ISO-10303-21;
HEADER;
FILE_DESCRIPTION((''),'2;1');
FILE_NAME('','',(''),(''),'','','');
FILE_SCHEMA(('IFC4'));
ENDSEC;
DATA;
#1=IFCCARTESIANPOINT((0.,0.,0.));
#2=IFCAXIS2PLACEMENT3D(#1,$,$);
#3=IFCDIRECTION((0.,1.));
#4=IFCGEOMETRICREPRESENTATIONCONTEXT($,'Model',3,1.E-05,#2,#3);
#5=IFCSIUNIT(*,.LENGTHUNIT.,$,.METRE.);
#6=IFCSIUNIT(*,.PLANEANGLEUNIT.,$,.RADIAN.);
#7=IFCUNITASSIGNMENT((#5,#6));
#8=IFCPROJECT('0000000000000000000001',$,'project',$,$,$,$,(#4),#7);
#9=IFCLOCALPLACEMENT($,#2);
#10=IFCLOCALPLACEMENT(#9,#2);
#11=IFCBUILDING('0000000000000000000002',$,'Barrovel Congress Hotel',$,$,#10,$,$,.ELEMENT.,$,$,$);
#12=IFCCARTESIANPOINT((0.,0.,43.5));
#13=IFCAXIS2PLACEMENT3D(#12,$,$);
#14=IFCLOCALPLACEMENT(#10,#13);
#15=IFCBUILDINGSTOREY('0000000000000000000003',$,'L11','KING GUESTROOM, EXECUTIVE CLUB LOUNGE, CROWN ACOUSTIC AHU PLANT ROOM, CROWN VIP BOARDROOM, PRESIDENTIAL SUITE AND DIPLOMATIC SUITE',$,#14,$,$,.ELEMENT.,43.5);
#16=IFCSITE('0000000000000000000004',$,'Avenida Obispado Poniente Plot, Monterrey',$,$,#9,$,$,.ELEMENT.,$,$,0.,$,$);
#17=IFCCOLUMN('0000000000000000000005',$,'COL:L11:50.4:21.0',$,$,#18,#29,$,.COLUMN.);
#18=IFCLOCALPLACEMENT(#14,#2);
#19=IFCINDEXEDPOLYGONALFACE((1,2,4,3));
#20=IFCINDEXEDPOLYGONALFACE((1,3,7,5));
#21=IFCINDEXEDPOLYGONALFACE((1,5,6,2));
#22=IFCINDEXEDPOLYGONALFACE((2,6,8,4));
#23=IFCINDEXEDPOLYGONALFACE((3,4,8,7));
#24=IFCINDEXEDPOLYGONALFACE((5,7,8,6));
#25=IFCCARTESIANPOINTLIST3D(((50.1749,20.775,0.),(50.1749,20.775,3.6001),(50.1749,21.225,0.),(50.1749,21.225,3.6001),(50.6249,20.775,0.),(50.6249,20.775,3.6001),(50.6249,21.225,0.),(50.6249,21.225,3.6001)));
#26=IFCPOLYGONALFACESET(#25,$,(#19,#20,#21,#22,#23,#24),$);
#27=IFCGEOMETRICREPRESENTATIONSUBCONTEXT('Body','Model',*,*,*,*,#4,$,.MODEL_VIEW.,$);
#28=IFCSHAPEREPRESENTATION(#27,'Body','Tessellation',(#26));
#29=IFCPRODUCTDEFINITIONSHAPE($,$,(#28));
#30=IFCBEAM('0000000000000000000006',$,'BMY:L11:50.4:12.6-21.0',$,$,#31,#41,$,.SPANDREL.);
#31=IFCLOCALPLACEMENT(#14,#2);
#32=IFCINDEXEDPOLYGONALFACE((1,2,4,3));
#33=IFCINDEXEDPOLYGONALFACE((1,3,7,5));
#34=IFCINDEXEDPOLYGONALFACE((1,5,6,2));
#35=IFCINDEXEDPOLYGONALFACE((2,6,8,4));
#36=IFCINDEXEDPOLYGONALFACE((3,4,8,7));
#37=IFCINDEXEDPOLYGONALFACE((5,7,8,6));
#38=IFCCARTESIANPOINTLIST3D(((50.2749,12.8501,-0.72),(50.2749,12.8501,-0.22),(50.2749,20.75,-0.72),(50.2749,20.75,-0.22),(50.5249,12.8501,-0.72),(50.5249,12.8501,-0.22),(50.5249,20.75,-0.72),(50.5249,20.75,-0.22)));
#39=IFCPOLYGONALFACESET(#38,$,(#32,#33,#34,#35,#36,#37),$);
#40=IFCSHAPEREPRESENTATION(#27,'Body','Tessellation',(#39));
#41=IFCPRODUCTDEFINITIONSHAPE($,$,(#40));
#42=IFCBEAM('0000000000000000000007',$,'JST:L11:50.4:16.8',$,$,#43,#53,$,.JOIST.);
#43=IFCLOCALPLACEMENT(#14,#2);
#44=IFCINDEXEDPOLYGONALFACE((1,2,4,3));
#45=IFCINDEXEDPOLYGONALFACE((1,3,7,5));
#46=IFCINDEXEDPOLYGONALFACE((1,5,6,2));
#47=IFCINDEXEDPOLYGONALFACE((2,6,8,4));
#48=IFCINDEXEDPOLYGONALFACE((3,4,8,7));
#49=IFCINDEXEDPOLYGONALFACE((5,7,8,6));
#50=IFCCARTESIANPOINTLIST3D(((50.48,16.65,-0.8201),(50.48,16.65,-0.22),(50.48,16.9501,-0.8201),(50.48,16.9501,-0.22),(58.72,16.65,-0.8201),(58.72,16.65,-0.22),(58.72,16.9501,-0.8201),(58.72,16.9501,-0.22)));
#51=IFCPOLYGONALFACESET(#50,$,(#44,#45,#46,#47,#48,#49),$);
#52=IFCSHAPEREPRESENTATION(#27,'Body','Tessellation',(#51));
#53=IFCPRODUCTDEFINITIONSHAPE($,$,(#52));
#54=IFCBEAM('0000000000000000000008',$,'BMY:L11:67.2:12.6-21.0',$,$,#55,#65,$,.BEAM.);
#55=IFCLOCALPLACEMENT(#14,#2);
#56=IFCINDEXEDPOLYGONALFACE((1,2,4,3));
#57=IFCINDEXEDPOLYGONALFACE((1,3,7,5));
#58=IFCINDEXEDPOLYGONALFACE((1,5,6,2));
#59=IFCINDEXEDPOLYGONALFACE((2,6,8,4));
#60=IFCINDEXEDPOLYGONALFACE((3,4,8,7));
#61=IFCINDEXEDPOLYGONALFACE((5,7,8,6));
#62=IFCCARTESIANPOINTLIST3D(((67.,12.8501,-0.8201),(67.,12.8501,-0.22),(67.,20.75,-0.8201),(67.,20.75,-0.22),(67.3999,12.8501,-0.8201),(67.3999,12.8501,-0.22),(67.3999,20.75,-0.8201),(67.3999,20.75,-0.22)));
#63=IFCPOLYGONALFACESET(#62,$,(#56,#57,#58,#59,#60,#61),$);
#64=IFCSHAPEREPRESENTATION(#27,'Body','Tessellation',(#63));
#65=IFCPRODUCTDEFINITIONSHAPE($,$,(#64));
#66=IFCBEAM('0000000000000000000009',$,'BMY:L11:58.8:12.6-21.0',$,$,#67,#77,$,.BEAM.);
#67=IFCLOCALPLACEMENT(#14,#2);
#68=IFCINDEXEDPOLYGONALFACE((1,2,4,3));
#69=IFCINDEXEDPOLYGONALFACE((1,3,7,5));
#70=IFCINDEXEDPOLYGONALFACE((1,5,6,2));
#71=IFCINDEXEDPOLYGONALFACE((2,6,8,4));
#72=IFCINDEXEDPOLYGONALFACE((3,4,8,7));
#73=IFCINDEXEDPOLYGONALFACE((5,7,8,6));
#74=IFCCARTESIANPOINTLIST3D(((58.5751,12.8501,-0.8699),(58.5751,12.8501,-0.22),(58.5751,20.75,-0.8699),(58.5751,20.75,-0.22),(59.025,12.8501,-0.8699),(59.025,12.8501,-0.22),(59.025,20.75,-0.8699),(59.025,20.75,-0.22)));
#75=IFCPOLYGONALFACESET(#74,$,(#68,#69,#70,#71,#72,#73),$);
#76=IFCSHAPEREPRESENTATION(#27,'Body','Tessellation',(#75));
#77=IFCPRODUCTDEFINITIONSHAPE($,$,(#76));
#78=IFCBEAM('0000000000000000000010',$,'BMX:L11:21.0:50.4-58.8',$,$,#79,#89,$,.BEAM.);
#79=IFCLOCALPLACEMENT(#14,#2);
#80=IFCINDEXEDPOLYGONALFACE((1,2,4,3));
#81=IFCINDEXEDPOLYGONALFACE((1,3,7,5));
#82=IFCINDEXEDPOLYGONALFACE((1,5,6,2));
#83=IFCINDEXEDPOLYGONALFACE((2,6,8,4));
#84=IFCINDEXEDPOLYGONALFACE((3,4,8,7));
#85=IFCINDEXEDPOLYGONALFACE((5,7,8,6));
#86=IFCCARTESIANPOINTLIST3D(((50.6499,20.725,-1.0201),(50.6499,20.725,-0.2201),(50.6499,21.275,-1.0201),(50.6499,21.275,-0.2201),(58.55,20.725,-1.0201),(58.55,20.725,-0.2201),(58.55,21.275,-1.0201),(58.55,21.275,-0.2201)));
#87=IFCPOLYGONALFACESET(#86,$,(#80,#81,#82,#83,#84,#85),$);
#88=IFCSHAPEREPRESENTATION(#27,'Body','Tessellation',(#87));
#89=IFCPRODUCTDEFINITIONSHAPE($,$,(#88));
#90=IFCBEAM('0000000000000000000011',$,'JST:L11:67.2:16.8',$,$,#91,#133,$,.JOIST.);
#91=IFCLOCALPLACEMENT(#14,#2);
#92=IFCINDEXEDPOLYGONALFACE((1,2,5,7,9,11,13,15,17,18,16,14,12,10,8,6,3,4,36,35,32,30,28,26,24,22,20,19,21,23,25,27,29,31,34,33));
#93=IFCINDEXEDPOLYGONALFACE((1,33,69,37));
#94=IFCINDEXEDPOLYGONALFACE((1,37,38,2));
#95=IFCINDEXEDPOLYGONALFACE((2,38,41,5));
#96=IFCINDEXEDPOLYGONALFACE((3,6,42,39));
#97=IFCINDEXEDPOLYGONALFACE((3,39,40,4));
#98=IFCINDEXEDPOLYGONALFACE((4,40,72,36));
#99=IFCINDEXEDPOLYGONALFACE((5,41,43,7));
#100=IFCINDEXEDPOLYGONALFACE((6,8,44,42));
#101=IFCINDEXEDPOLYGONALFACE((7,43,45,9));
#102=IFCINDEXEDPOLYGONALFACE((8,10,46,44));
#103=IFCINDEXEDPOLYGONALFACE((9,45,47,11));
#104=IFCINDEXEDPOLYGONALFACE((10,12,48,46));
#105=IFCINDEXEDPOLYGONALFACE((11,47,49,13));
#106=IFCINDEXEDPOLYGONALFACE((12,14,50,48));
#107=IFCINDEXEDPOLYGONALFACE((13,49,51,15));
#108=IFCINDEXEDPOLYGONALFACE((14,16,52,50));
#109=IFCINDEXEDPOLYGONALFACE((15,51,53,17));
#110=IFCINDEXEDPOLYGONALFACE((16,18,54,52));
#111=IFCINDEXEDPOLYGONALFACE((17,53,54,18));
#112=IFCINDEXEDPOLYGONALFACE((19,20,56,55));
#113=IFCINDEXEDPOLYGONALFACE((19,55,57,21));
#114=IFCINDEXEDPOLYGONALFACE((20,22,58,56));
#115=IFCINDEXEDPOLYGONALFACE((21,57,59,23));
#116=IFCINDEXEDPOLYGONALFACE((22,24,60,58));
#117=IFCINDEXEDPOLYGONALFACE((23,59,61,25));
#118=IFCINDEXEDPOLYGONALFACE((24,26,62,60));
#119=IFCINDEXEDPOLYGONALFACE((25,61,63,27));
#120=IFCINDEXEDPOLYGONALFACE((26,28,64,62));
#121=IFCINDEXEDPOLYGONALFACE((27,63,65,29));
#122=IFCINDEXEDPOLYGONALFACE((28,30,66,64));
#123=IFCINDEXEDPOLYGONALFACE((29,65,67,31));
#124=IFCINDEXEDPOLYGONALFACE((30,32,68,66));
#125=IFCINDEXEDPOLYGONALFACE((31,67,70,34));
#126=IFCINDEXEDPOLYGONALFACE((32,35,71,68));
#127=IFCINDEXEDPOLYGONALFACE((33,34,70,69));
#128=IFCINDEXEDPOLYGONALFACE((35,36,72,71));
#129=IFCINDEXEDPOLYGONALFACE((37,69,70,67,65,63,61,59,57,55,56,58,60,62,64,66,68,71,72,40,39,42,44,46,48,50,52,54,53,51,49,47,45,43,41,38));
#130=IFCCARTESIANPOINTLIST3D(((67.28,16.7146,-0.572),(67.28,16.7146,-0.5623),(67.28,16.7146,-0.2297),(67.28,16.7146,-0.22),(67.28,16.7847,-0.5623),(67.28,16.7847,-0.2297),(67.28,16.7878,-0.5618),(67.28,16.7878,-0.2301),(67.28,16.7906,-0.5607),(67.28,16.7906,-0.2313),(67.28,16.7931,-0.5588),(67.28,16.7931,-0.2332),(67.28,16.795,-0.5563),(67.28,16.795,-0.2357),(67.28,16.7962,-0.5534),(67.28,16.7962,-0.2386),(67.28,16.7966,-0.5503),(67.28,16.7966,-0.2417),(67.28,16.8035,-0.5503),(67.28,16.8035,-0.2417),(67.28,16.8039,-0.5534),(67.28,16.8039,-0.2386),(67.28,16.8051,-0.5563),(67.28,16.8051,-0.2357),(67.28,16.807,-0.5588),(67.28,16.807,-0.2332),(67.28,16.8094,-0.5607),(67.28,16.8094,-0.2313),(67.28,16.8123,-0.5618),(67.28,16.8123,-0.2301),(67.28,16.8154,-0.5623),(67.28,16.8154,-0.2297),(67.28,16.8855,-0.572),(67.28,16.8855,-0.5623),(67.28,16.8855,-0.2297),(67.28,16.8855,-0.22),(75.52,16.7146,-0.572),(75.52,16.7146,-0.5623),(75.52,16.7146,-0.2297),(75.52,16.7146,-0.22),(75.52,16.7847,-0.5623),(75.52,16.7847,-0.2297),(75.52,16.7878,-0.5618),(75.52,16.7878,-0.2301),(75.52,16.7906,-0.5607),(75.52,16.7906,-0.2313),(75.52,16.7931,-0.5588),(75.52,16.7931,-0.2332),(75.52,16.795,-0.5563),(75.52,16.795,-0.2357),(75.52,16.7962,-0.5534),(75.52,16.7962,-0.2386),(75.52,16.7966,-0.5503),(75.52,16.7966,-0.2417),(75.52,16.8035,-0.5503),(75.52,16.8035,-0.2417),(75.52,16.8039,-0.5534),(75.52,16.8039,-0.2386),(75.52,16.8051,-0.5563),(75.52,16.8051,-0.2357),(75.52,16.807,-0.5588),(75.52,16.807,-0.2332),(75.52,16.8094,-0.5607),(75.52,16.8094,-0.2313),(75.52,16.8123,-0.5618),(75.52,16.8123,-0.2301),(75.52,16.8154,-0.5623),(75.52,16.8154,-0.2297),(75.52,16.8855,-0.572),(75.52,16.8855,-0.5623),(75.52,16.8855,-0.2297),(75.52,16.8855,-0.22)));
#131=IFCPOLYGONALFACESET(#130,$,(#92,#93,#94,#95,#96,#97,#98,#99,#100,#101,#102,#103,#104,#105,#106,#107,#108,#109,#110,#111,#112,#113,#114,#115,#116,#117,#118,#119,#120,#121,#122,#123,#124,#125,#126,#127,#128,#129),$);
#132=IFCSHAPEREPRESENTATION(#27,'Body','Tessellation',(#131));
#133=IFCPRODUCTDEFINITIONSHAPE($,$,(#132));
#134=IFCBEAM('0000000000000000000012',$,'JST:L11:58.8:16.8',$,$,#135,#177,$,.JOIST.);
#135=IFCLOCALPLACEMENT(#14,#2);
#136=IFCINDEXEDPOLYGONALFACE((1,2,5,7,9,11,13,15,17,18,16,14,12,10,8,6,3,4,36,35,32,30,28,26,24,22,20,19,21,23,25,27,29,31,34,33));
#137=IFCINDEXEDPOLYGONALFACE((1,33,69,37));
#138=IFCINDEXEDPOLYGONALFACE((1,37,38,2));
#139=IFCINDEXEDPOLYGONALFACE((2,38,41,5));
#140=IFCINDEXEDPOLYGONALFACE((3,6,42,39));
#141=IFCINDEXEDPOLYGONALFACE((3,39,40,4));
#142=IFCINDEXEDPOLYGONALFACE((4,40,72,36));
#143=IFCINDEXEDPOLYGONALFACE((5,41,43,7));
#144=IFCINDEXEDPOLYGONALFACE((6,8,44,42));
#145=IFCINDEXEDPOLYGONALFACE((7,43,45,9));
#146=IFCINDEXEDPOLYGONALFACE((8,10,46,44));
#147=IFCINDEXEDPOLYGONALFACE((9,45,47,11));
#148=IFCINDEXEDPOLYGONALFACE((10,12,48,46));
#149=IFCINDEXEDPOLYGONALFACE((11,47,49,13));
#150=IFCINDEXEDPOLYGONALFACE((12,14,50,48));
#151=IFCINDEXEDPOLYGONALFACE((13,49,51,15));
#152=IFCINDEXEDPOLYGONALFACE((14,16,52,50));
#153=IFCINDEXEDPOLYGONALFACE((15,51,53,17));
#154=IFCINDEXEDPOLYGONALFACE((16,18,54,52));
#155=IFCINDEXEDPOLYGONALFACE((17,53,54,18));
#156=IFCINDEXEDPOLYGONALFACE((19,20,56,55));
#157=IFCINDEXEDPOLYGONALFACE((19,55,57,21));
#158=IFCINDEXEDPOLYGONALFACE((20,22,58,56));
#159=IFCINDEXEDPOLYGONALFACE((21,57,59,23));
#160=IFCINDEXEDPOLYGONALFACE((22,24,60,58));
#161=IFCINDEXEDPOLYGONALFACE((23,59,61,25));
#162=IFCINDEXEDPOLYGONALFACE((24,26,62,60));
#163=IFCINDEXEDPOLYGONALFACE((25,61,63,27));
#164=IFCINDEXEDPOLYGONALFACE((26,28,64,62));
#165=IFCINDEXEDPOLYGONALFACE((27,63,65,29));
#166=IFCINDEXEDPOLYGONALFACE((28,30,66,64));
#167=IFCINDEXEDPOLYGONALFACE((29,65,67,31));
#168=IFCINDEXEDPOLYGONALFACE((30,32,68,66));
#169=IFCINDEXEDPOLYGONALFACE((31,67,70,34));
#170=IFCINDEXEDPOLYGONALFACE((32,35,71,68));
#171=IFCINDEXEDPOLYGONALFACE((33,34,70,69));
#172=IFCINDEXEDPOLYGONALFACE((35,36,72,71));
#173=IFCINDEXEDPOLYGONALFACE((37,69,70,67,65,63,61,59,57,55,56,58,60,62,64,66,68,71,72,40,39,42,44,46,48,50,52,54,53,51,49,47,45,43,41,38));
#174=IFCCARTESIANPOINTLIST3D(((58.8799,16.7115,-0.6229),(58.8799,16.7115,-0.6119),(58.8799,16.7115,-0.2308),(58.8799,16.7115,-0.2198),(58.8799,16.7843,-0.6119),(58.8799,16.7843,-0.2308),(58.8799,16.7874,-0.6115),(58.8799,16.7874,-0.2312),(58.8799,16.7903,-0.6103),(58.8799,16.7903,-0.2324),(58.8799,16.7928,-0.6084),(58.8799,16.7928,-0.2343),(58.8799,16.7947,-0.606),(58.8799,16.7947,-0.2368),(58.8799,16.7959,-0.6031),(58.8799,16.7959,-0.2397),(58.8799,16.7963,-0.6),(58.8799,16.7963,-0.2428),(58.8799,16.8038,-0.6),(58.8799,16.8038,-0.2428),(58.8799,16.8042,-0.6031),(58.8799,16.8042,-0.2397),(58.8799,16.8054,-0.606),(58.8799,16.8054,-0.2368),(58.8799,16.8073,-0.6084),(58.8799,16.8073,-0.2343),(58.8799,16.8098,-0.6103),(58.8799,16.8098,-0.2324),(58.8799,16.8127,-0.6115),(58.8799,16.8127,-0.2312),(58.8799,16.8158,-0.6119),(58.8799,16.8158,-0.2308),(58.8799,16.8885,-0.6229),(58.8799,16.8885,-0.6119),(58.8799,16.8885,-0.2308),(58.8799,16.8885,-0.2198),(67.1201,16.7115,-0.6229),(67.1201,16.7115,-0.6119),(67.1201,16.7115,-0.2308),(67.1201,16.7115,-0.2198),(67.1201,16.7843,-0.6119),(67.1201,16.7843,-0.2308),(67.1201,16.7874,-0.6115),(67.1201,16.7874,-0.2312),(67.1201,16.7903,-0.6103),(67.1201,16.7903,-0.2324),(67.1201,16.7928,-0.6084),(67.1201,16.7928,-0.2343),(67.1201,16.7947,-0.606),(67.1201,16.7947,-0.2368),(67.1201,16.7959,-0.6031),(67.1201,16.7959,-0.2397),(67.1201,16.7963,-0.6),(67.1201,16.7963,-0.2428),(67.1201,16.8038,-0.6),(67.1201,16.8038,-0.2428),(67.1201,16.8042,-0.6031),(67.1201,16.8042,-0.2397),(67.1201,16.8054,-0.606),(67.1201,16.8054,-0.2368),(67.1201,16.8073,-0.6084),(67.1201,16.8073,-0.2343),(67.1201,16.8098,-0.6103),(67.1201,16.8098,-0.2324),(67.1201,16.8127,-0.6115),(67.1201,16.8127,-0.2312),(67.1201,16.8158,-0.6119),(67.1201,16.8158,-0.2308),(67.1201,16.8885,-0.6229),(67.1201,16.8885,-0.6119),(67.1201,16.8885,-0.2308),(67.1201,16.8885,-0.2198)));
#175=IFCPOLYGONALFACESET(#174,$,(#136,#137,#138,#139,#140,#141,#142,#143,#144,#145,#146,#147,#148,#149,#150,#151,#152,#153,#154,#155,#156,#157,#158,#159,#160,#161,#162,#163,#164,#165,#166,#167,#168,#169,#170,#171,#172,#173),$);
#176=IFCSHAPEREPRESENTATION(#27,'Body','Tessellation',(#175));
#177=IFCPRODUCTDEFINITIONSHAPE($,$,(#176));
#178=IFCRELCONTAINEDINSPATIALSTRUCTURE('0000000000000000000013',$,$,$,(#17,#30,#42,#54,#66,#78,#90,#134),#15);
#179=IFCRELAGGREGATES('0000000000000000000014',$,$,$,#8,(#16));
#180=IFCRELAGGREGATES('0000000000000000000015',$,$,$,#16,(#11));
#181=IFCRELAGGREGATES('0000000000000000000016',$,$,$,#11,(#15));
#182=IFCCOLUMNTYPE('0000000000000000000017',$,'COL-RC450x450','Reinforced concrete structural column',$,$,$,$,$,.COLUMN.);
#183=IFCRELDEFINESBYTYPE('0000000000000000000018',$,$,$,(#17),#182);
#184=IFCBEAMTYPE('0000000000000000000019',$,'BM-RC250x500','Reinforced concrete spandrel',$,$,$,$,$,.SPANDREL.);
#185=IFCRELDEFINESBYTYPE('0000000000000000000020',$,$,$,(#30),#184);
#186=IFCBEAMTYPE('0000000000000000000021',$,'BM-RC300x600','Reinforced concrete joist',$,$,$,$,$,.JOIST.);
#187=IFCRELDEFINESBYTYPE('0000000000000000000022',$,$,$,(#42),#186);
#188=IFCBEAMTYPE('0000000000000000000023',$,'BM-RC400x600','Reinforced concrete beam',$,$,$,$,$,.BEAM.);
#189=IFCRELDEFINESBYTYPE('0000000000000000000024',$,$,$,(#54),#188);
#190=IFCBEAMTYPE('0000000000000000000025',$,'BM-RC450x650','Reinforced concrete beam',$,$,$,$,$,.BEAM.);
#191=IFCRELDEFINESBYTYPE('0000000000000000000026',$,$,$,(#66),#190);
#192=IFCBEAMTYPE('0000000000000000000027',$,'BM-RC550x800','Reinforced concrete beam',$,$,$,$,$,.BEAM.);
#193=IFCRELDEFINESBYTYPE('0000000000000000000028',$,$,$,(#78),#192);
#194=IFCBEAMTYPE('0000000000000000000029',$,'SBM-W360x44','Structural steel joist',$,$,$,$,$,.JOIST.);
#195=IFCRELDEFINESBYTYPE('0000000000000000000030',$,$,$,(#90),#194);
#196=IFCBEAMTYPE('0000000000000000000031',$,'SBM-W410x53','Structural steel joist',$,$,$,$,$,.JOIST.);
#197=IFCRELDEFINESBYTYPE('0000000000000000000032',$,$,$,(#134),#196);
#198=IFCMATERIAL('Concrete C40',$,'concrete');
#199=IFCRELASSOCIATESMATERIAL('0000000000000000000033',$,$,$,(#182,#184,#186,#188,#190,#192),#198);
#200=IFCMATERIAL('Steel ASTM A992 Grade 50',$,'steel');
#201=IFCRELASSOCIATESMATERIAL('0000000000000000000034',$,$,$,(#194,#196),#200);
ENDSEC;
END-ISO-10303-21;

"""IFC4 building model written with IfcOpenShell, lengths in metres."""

from ifc_helpers import new_model, si_unit, direction, frame, origin, origin_2d, place, context, subcontext, project, spatial, rectangle, i_section, extrude, material, material_profile, profile_set, type_object, element, save


model = new_model("IFC4")

# Units and contexts
model_context = context("Model", 3, precision=1e-05, world=origin(), true_north=direction((0.0, 1.0)))
body_context = subcontext(model_context, "Body", "Model", "MODEL_VIEW")
ifc_project = project(units=[si_unit("LENGTHUNIT", "METRE"), si_unit("PLANEANGLEUNIT", "RADIAN")], contexts=[model_context])

# Site, building, storey
site_placement = place(None, origin())
site = spatial("IfcSite", under=ifc_project, at=site_placement, Name="Avenida Obispado Poniente Plot, Monterrey", CompositionType="ELEMENT", RefElevation=0.0)
building_placement = place(site_placement, origin())
building = spatial("IfcBuilding", under=site, at=building_placement, Name="Barrovel Congress Hotel", CompositionType="ELEMENT")
storey_placement = place(building_placement, frame((0.0, 0.0, 43.5)))
storey = spatial("IfcBuildingStorey", under=building, at=storey_placement, Name="L11", Description="KING GUESTROOM, EXECUTIVE CLUB LOUNGE, CROWN ACOUSTIC AHU PLANT ROOM, CROWN VIP BOARDROOM, PRESIDENTIAL SUITE AND DIPLOMATIC SUITE", CompositionType="ELEMENT", Elevation=43.5)

# Column
ifc_material_1 = material(Name="Concrete C40", Category="concrete")
ifc_material_profile_1 = material_profile(ifc_material_1, rectangle(XDim=0.45, YDim=0.45, at=origin_2d()), Name="RC450x450")
ifc_profile_set_1 = profile_set([ifc_material_profile_1], Name="Concrete C40")
column_type = type_object("IfcColumnType", Name="COL-RC450x450", Description="Reinforced concrete structural column", PredefinedType="COLUMN", material=ifc_profile_set_1)
column_placement = place(storey_placement, frame((50.3999, 21.0, 0.0), z_axis=(0.0, 0.0, 1.0), x_axis=(1.0, 0.0, 0.0)))
element("IfcColumn", 1, at=column_placement, inside=storey, type_object=column_type, Name="COL:L11:50.4:21.0", PredefinedType="COLUMN", context=body_context, shape_type="SweptSolid", body=[
    extrude(rectangle(XDim=0.45, YDim=0.45, at=origin_2d()), origin(), (0.0, 0.0, 1.0), 3.6001),
])

# Beams
ifc_material_profile_2 = material_profile(ifc_material_1, rectangle(XDim=0.25, YDim=0.5, at=origin_2d()), Name="RC250x500")
ifc_profile_set_2 = profile_set([ifc_material_profile_2], Name="Concrete C40")
beam_type_1 = type_object("IfcBeamType", Name="BM-RC250x500", Description="Reinforced concrete spandrel", PredefinedType="SPANDREL", material=ifc_profile_set_2)
beam_1_placement = place(storey_placement, frame((50.3999, 12.8501, -0.47), z_axis=(0.0, 1.0, 0.0), x_axis=(-1.0, 0.0, 0.0)))
element("IfcBeam", 2, at=beam_1_placement, inside=storey, type_object=beam_type_1, Name="BMY:L11:50.4:12.6-21.0", PredefinedType="SPANDREL", context=body_context, shape_type="SweptSolid", body=[
    extrude(rectangle(XDim=0.25, YDim=0.5, at=origin_2d()), origin(), (0.0, 0.0, 1.0), 7.8999),
])
ifc_material_profile_3 = material_profile(ifc_material_1, rectangle(XDim=0.3, YDim=0.6001, at=origin_2d()), Name="RC300x600")
ifc_profile_set_3 = profile_set([ifc_material_profile_3], Name="Concrete C40")
beam_type_2 = type_object("IfcBeamType", Name="BM-RC300x600", Description="Reinforced concrete joist", PredefinedType="JOIST", material=ifc_profile_set_3)
beam_2_placement = place(storey_placement, frame((50.48, 16.8, -0.52), z_axis=(1.0, 0.0, 0.0), x_axis=(0.0, 1.0, 0.0)))
element("IfcBeam", 3, at=beam_2_placement, inside=storey, type_object=beam_type_2, Name="JST:L11:50.4:16.8", PredefinedType="JOIST", context=body_context, shape_type="SweptSolid", body=[
    extrude(rectangle(XDim=0.3, YDim=0.6001, at=origin_2d()), origin(), (0.0, 0.0, 1.0), 8.24),
])
ifc_material_profile_4 = material_profile(ifc_material_1, rectangle(XDim=0.3999, YDim=0.6001, at=origin_2d()), Name="RC400x600")
ifc_profile_set_4 = profile_set([ifc_material_profile_4], Name="Concrete C40")
beam_type_3 = type_object("IfcBeamType", Name="BM-RC400x600", Description="Reinforced concrete beam", PredefinedType="BEAM", material=ifc_profile_set_4)
beam_3_placement = place(storey_placement, frame((67.2, 12.8501, -0.52), z_axis=(0.0, 1.0, 0.0), x_axis=(-1.0, 0.0, 0.0)))
element("IfcBeam", 4, at=beam_3_placement, inside=storey, type_object=beam_type_3, Name="BMY:L11:67.2:12.6-21.0", PredefinedType="BEAM", context=body_context, shape_type="SweptSolid", body=[
    extrude(rectangle(XDim=0.3999, YDim=0.6001, at=origin_2d()), origin(), (0.0, 0.0, 1.0), 7.8999),
])
ifc_material_profile_5 = material_profile(ifc_material_1, rectangle(XDim=0.45, YDim=0.6499, at=origin_2d()), Name="RC450x650")
ifc_profile_set_5 = profile_set([ifc_material_profile_5], Name="Concrete C40")
beam_type_4 = type_object("IfcBeamType", Name="BM-RC450x650", Description="Reinforced concrete beam", PredefinedType="BEAM", material=ifc_profile_set_5)
beam_4_placement = place(storey_placement, frame((58.8, 12.8501, -0.5449), z_axis=(0.0, 1.0, 0.0), x_axis=(-1.0, 0.0, 0.0)))
element("IfcBeam", 5, at=beam_4_placement, inside=storey, type_object=beam_type_4, Name="BMY:L11:58.8:12.6-21.0", PredefinedType="BEAM", context=body_context, shape_type="SweptSolid", body=[
    extrude(rectangle(XDim=0.45, YDim=0.6499, at=origin_2d()), origin(), (0.0, 0.0, 1.0), 7.8999),
])
ifc_material_profile_6 = material_profile(ifc_material_1, rectangle(XDim=0.55, YDim=0.8, at=origin_2d()), Name="RC550x800")
ifc_profile_set_6 = profile_set([ifc_material_profile_6], Name="Concrete C40")
beam_type_5 = type_object("IfcBeamType", Name="BM-RC550x800", Description="Reinforced concrete beam", PredefinedType="BEAM", material=ifc_profile_set_6)
beam_5_placement = place(storey_placement, frame((50.6499, 21.0, -0.6201), z_axis=(1.0, 0.0, 0.0), x_axis=(0.0, 1.0, 0.0)))
element("IfcBeam", 6, at=beam_5_placement, inside=storey, type_object=beam_type_5, Name="BMX:L11:21.0:50.4-58.8", PredefinedType="BEAM", context=body_context, shape_type="SweptSolid", body=[
    extrude(rectangle(XDim=0.55, YDim=0.8, at=origin_2d()), origin(), (0.0, 0.0, 1.0), 7.9001),
])
ifc_material_2 = material(Name="Steel ASTM A992 Grade 50", Category="steel")
ifc_material_profile_7 = material_profile(ifc_material_2, i_section(OverallWidth=0.1709, OverallDepth=0.3521, WebThickness=0.0068, FlangeThickness=0.0098, FilletRadius=0.012, at=origin_2d()), Name="W360x44")
ifc_profile_set_7 = profile_set([ifc_material_profile_7], Name="Steel ASTM A992 Grade 50")
beam_type_6 = type_object("IfcBeamType", Name="SBM-W360x44", Description="Structural steel joist", PredefinedType="JOIST", material=ifc_profile_set_7)
beam_6_placement = place(storey_placement, frame((67.28, 16.8, -0.396), z_axis=(1.0, 0.0, 0.0), x_axis=(0.0, 1.0, 0.0)))
element("IfcBeam", 7, at=beam_6_placement, inside=storey, type_object=beam_type_6, Name="JST:L11:67.2:16.8", PredefinedType="JOIST", context=body_context, shape_type="SweptSolid", body=[
    extrude(i_section(OverallWidth=0.1709, OverallDepth=0.3521, WebThickness=0.0068, FlangeThickness=0.0098, FilletRadius=0.012, at=origin_2d()), origin(), (0.0, 0.0, 1.0), 8.24),
])
ifc_material_profile_8 = material_profile(ifc_material_2, i_section(OverallWidth=0.177, OverallDepth=0.4031, WebThickness=0.0076, FlangeThickness=0.011, FilletRadius=0.012, at=origin_2d()), Name="W410x53")
ifc_profile_set_8 = profile_set([ifc_material_profile_8], Name="Steel ASTM A992 Grade 50")
beam_type_7 = type_object("IfcBeamType", Name="SBM-W410x53", Description="Structural steel joist", PredefinedType="JOIST", material=ifc_profile_set_8)
beam_7_placement = place(storey_placement, frame((58.8799, 16.8, -0.4214), z_axis=(1.0, 0.0, 0.0), x_axis=(0.0, 1.0, 0.0)))
element("IfcBeam", 8, at=beam_7_placement, inside=storey, type_object=beam_type_7, Name="JST:L11:58.8:16.8", PredefinedType="JOIST", context=body_context, shape_type="SweptSolid", body=[
    extrude(i_section(OverallWidth=0.177, OverallDepth=0.4031, WebThickness=0.0076, FlangeThickness=0.011, FilletRadius=0.012, at=origin_2d()), origin(), (0.0, 0.0, 1.0), 8.2402),
])

save(model, "model.ifc")
